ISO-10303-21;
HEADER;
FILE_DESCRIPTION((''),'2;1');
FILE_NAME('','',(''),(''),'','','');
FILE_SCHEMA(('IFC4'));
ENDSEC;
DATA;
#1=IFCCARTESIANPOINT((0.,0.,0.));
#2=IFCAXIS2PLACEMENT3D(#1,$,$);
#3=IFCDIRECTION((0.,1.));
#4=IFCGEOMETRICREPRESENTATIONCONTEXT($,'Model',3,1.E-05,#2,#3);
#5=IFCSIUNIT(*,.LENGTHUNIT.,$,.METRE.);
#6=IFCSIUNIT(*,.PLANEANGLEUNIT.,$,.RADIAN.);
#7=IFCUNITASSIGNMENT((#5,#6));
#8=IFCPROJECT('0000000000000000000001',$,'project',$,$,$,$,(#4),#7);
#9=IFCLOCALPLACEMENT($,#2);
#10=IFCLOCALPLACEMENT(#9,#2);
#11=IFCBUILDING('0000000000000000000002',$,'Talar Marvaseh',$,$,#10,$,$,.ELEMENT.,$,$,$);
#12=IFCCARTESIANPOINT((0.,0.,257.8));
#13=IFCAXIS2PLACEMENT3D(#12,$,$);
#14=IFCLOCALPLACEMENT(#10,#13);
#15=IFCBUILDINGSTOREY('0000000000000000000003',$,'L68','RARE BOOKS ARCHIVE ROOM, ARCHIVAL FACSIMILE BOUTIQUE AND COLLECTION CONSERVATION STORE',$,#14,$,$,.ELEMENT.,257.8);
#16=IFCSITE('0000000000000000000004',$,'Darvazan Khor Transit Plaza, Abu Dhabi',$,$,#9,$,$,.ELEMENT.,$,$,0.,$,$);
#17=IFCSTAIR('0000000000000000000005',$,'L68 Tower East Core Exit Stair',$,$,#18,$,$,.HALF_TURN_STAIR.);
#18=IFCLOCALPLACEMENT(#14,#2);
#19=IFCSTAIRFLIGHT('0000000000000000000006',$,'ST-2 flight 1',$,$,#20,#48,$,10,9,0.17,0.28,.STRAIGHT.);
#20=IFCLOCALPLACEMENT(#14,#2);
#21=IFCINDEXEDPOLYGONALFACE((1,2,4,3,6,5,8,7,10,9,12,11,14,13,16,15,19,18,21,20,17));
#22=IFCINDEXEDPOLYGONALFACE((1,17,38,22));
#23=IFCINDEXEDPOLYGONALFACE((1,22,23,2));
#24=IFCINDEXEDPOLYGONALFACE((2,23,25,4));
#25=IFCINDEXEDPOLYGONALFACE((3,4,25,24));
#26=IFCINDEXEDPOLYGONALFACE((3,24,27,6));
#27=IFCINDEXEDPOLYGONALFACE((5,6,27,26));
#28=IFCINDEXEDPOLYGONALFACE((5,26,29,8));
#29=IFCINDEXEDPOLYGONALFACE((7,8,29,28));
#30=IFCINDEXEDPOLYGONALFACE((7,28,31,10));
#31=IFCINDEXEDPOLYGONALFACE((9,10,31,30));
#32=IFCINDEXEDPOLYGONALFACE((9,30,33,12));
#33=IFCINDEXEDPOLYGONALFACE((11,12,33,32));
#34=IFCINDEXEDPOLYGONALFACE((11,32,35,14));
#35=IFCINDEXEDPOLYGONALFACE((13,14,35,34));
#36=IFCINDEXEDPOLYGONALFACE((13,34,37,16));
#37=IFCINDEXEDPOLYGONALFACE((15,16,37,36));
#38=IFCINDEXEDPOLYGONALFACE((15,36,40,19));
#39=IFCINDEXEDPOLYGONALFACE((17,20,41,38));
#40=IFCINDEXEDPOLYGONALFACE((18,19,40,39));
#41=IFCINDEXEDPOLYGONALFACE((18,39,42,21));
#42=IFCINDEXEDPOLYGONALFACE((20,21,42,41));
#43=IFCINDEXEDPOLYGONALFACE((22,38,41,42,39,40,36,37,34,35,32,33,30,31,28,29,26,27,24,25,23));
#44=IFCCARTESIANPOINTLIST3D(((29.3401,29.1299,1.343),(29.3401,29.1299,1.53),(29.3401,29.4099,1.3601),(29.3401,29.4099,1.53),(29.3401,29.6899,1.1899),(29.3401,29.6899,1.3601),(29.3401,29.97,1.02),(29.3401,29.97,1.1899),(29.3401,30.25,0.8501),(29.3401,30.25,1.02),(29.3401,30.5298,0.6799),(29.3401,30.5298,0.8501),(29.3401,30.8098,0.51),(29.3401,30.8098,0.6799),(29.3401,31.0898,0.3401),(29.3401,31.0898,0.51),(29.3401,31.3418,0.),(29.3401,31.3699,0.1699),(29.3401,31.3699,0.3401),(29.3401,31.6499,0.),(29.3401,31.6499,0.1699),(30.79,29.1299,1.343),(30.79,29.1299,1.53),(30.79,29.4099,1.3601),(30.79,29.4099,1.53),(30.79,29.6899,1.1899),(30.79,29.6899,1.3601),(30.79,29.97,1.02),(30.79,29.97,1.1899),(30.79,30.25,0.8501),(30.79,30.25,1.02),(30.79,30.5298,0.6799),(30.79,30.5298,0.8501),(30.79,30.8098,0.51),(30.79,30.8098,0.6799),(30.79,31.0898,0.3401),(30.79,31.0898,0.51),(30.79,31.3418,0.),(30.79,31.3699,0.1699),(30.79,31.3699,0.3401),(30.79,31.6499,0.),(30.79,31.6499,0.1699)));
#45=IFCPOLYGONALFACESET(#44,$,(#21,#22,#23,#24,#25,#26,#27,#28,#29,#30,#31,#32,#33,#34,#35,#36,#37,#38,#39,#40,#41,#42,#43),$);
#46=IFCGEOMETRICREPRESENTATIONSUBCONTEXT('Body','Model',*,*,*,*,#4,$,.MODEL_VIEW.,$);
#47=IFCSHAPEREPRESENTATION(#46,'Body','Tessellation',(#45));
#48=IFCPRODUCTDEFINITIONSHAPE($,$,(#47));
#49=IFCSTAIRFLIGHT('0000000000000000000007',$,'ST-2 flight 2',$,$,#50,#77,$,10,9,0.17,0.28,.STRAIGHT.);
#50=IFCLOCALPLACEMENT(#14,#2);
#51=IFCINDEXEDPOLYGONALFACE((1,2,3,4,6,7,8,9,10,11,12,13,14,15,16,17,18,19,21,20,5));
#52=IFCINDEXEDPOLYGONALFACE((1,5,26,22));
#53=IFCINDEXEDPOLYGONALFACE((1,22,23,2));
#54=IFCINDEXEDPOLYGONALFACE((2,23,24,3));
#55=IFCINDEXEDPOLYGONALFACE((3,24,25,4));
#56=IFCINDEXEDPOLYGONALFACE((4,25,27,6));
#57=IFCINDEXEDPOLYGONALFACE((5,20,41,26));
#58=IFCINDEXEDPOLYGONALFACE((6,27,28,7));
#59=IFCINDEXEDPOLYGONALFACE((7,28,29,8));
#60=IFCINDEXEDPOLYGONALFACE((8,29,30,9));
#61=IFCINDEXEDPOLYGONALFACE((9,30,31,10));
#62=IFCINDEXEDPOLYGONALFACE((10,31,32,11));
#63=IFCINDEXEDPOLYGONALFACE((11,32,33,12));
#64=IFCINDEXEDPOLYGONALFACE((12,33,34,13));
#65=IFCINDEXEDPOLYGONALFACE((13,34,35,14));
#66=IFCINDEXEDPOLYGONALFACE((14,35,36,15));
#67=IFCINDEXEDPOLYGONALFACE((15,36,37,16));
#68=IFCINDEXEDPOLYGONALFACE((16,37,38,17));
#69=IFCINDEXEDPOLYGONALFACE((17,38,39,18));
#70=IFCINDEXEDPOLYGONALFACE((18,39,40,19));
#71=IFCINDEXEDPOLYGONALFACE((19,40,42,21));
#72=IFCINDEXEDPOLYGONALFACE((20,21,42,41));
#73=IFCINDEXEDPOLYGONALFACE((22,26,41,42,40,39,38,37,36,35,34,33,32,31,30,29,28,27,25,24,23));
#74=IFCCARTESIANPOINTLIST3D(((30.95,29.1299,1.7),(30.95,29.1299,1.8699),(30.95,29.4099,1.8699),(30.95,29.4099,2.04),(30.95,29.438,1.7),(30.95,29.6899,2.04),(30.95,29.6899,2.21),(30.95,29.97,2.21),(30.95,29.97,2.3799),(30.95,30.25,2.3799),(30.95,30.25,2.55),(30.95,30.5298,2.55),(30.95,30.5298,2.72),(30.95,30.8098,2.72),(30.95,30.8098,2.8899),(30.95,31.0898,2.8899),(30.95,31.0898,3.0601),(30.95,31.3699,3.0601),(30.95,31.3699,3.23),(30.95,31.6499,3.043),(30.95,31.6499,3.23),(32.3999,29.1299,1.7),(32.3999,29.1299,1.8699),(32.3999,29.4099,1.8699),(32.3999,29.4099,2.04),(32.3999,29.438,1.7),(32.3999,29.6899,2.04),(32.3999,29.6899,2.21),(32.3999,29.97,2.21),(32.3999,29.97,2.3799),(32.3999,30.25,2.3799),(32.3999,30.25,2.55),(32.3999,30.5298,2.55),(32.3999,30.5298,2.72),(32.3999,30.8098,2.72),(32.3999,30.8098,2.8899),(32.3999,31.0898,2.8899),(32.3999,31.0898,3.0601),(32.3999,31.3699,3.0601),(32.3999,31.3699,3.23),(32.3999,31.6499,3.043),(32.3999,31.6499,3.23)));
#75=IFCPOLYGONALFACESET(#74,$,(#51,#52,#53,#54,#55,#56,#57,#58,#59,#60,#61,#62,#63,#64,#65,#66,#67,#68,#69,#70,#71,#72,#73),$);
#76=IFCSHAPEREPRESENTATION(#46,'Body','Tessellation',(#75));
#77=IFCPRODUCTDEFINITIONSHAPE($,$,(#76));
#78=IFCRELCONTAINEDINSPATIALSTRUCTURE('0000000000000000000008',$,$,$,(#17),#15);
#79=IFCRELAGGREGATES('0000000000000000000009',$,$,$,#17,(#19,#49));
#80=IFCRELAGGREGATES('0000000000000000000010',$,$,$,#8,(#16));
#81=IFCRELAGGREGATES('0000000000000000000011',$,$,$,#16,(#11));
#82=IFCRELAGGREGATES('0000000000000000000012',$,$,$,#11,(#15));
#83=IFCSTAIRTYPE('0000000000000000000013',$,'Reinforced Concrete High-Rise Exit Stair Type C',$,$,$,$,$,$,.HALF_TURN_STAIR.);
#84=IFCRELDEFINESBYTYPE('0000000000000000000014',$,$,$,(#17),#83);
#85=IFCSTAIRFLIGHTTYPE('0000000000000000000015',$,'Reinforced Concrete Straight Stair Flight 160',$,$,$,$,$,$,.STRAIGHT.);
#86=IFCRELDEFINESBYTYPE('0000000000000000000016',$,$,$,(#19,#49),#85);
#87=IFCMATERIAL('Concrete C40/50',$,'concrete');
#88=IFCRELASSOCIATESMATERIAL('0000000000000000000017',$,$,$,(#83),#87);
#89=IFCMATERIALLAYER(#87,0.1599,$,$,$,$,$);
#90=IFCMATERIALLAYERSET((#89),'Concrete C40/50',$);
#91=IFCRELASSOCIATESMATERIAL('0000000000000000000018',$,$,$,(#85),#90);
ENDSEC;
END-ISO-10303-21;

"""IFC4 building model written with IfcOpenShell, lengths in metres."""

from ifc_helpers import new_model, si_unit, direction, frame, origin, place, context, subcontext, project, spatial, polyline, outline, extrude, material, layer, layer_set, type_object, element, aggregate, save


model = new_model("IFC4")

# Units and contexts
model_context = context("Model", 3, precision=1e-05, world=origin(), true_north=direction((0.0, 1.0)))
body_context = subcontext(model_context, "Body", "Model", "MODEL_VIEW")
ifc_project = project(units=[si_unit("LENGTHUNIT", "METRE"), si_unit("PLANEANGLEUNIT", "RADIAN")], contexts=[model_context])

# Site, building, storey
site_placement = place(None, origin())
site = spatial("IfcSite", under=ifc_project, at=site_placement, Name="Darvazan Khor Transit Plaza, Abu Dhabi", CompositionType="ELEMENT", RefElevation=0.0)
building_placement = place(site_placement, origin())
building = spatial("IfcBuilding", under=site, at=building_placement, Name="Talar Marvaseh", CompositionType="ELEMENT")
storey_placement = place(building_placement, frame((0.0, 0.0, 257.8)))
storey = spatial("IfcBuildingStorey", under=building, at=storey_placement, Name="L68", Description="RARE BOOKS ARCHIVE ROOM, ARCHIVAL FACSIMILE BOUTIQUE AND COLLECTION CONSERVATION STORE", CompositionType="ELEMENT", Elevation=257.8)

# Shared definitions
ifc_material_1 = material(Name="Concrete C40/50", Category="concrete")

# Stair, stair flights
stair_type = type_object("IfcStairType", Name="Reinforced Concrete High-Rise Exit Stair Type C", PredefinedType="HALF_TURN_STAIR", material=ifc_material_1)
stair_placement = place(storey_placement, origin())
stair = element("IfcStair", 1, at=stair_placement, inside=storey, type_object=stair_type, Name="L68 Tower East Core Exit Stair", PredefinedType="HALF_TURN_STAIR")
ifc_layer_1 = layer(ifc_material_1, 0.1599)
ifc_layer_set_1 = layer_set([ifc_layer_1], Name="Concrete C40/50")
stair_flight_type = type_object("IfcStairFlightType", Name="Reinforced Concrete Straight Stair Flight 160", PredefinedType="STRAIGHT", material=ifc_layer_set_1)
stair_flight_1_placement = place(storey_placement, frame((30.0649, 31.6499, 0.0), z_axis=(0.0, 0.0, 1.0), x_axis=(0.0, -1.0, 0.0)))
stair_flight_1 = element("IfcStairFlight", 2, at=stair_flight_1_placement, type_object=stair_flight_type, Name="ST-2 flight 1", NumberOfRisers=10, NumberOfTreads=9, PredefinedType="STRAIGHT", RiserHeight=0.17, TreadLength=0.28, context=body_context, shape_type="SweptSolid", body=[
    extrude(outline(polyline([(0.0, 0.0), (0.0, 0.1699), (0.28, 0.1699), (0.28, 0.3401), (0.5601, 0.3401), (0.5601, 0.51), (0.8401, 0.51), (0.8401, 0.6799), (1.1201, 0.6799), (1.1201, 0.8501), (1.3999, 0.8501), (1.3999, 1.02), (1.6799, 1.02), (1.6799, 1.1899), (1.96, 1.1899), (1.96, 1.3601), (2.24, 1.3601), (2.24, 1.53), (2.52, 1.53), (2.52, 1.7), (2.52, 1.343), (0.3081, 0.0), (0.0, 0.0)])), frame((0.0, 0.7251, 0.0), z_axis=(0.0, -1.0, 0.0), x_axis=(1.0, 0.0, 0.0)), (0.0, 0.0, 1.0), 1.45),
])
stair_flight_2_placement = place(storey_placement, frame((31.675, 29.1299, 1.7), z_axis=(0.0, 0.0, 1.0), x_axis=(0.0, 1.0, 0.0)))
stair_flight_2 = element("IfcStairFlight", 3, at=stair_flight_2_placement, type_object=stair_flight_type, Name="ST-2 flight 2", NumberOfRisers=10, NumberOfTreads=9, PredefinedType="STRAIGHT", RiserHeight=0.17, TreadLength=0.28, context=body_context, shape_type="SweptSolid", body=[
    extrude(outline(polyline([(0.0, 0.0), (0.0, 0.1699), (0.28, 0.1699), (0.28, 0.3401), (0.5601, 0.3401), (0.5601, 0.51), (0.8401, 0.51), (0.8401, 0.6799), (1.1201, 0.6799), (1.1201, 0.8501), (1.3999, 0.8501), (1.3999, 1.02), (1.6799, 1.02), (1.6799, 1.1899), (1.96, 1.1899), (1.96, 1.3601), (2.24, 1.3601), (2.24, 1.53), (2.52, 1.53), (2.52, 1.7), (2.52, 1.343), (0.3081, 0.0), (0.0, 0.0)])), frame((0.0, 0.7251, 0.0), z_axis=(0.0, -1.0, 0.0), x_axis=(1.0, 0.0, 0.0)), (0.0, 0.0, 1.0), 1.45),
])
aggregate(stair, [stair_flight_1, stair_flight_2])

save(model, "model.ifc")
